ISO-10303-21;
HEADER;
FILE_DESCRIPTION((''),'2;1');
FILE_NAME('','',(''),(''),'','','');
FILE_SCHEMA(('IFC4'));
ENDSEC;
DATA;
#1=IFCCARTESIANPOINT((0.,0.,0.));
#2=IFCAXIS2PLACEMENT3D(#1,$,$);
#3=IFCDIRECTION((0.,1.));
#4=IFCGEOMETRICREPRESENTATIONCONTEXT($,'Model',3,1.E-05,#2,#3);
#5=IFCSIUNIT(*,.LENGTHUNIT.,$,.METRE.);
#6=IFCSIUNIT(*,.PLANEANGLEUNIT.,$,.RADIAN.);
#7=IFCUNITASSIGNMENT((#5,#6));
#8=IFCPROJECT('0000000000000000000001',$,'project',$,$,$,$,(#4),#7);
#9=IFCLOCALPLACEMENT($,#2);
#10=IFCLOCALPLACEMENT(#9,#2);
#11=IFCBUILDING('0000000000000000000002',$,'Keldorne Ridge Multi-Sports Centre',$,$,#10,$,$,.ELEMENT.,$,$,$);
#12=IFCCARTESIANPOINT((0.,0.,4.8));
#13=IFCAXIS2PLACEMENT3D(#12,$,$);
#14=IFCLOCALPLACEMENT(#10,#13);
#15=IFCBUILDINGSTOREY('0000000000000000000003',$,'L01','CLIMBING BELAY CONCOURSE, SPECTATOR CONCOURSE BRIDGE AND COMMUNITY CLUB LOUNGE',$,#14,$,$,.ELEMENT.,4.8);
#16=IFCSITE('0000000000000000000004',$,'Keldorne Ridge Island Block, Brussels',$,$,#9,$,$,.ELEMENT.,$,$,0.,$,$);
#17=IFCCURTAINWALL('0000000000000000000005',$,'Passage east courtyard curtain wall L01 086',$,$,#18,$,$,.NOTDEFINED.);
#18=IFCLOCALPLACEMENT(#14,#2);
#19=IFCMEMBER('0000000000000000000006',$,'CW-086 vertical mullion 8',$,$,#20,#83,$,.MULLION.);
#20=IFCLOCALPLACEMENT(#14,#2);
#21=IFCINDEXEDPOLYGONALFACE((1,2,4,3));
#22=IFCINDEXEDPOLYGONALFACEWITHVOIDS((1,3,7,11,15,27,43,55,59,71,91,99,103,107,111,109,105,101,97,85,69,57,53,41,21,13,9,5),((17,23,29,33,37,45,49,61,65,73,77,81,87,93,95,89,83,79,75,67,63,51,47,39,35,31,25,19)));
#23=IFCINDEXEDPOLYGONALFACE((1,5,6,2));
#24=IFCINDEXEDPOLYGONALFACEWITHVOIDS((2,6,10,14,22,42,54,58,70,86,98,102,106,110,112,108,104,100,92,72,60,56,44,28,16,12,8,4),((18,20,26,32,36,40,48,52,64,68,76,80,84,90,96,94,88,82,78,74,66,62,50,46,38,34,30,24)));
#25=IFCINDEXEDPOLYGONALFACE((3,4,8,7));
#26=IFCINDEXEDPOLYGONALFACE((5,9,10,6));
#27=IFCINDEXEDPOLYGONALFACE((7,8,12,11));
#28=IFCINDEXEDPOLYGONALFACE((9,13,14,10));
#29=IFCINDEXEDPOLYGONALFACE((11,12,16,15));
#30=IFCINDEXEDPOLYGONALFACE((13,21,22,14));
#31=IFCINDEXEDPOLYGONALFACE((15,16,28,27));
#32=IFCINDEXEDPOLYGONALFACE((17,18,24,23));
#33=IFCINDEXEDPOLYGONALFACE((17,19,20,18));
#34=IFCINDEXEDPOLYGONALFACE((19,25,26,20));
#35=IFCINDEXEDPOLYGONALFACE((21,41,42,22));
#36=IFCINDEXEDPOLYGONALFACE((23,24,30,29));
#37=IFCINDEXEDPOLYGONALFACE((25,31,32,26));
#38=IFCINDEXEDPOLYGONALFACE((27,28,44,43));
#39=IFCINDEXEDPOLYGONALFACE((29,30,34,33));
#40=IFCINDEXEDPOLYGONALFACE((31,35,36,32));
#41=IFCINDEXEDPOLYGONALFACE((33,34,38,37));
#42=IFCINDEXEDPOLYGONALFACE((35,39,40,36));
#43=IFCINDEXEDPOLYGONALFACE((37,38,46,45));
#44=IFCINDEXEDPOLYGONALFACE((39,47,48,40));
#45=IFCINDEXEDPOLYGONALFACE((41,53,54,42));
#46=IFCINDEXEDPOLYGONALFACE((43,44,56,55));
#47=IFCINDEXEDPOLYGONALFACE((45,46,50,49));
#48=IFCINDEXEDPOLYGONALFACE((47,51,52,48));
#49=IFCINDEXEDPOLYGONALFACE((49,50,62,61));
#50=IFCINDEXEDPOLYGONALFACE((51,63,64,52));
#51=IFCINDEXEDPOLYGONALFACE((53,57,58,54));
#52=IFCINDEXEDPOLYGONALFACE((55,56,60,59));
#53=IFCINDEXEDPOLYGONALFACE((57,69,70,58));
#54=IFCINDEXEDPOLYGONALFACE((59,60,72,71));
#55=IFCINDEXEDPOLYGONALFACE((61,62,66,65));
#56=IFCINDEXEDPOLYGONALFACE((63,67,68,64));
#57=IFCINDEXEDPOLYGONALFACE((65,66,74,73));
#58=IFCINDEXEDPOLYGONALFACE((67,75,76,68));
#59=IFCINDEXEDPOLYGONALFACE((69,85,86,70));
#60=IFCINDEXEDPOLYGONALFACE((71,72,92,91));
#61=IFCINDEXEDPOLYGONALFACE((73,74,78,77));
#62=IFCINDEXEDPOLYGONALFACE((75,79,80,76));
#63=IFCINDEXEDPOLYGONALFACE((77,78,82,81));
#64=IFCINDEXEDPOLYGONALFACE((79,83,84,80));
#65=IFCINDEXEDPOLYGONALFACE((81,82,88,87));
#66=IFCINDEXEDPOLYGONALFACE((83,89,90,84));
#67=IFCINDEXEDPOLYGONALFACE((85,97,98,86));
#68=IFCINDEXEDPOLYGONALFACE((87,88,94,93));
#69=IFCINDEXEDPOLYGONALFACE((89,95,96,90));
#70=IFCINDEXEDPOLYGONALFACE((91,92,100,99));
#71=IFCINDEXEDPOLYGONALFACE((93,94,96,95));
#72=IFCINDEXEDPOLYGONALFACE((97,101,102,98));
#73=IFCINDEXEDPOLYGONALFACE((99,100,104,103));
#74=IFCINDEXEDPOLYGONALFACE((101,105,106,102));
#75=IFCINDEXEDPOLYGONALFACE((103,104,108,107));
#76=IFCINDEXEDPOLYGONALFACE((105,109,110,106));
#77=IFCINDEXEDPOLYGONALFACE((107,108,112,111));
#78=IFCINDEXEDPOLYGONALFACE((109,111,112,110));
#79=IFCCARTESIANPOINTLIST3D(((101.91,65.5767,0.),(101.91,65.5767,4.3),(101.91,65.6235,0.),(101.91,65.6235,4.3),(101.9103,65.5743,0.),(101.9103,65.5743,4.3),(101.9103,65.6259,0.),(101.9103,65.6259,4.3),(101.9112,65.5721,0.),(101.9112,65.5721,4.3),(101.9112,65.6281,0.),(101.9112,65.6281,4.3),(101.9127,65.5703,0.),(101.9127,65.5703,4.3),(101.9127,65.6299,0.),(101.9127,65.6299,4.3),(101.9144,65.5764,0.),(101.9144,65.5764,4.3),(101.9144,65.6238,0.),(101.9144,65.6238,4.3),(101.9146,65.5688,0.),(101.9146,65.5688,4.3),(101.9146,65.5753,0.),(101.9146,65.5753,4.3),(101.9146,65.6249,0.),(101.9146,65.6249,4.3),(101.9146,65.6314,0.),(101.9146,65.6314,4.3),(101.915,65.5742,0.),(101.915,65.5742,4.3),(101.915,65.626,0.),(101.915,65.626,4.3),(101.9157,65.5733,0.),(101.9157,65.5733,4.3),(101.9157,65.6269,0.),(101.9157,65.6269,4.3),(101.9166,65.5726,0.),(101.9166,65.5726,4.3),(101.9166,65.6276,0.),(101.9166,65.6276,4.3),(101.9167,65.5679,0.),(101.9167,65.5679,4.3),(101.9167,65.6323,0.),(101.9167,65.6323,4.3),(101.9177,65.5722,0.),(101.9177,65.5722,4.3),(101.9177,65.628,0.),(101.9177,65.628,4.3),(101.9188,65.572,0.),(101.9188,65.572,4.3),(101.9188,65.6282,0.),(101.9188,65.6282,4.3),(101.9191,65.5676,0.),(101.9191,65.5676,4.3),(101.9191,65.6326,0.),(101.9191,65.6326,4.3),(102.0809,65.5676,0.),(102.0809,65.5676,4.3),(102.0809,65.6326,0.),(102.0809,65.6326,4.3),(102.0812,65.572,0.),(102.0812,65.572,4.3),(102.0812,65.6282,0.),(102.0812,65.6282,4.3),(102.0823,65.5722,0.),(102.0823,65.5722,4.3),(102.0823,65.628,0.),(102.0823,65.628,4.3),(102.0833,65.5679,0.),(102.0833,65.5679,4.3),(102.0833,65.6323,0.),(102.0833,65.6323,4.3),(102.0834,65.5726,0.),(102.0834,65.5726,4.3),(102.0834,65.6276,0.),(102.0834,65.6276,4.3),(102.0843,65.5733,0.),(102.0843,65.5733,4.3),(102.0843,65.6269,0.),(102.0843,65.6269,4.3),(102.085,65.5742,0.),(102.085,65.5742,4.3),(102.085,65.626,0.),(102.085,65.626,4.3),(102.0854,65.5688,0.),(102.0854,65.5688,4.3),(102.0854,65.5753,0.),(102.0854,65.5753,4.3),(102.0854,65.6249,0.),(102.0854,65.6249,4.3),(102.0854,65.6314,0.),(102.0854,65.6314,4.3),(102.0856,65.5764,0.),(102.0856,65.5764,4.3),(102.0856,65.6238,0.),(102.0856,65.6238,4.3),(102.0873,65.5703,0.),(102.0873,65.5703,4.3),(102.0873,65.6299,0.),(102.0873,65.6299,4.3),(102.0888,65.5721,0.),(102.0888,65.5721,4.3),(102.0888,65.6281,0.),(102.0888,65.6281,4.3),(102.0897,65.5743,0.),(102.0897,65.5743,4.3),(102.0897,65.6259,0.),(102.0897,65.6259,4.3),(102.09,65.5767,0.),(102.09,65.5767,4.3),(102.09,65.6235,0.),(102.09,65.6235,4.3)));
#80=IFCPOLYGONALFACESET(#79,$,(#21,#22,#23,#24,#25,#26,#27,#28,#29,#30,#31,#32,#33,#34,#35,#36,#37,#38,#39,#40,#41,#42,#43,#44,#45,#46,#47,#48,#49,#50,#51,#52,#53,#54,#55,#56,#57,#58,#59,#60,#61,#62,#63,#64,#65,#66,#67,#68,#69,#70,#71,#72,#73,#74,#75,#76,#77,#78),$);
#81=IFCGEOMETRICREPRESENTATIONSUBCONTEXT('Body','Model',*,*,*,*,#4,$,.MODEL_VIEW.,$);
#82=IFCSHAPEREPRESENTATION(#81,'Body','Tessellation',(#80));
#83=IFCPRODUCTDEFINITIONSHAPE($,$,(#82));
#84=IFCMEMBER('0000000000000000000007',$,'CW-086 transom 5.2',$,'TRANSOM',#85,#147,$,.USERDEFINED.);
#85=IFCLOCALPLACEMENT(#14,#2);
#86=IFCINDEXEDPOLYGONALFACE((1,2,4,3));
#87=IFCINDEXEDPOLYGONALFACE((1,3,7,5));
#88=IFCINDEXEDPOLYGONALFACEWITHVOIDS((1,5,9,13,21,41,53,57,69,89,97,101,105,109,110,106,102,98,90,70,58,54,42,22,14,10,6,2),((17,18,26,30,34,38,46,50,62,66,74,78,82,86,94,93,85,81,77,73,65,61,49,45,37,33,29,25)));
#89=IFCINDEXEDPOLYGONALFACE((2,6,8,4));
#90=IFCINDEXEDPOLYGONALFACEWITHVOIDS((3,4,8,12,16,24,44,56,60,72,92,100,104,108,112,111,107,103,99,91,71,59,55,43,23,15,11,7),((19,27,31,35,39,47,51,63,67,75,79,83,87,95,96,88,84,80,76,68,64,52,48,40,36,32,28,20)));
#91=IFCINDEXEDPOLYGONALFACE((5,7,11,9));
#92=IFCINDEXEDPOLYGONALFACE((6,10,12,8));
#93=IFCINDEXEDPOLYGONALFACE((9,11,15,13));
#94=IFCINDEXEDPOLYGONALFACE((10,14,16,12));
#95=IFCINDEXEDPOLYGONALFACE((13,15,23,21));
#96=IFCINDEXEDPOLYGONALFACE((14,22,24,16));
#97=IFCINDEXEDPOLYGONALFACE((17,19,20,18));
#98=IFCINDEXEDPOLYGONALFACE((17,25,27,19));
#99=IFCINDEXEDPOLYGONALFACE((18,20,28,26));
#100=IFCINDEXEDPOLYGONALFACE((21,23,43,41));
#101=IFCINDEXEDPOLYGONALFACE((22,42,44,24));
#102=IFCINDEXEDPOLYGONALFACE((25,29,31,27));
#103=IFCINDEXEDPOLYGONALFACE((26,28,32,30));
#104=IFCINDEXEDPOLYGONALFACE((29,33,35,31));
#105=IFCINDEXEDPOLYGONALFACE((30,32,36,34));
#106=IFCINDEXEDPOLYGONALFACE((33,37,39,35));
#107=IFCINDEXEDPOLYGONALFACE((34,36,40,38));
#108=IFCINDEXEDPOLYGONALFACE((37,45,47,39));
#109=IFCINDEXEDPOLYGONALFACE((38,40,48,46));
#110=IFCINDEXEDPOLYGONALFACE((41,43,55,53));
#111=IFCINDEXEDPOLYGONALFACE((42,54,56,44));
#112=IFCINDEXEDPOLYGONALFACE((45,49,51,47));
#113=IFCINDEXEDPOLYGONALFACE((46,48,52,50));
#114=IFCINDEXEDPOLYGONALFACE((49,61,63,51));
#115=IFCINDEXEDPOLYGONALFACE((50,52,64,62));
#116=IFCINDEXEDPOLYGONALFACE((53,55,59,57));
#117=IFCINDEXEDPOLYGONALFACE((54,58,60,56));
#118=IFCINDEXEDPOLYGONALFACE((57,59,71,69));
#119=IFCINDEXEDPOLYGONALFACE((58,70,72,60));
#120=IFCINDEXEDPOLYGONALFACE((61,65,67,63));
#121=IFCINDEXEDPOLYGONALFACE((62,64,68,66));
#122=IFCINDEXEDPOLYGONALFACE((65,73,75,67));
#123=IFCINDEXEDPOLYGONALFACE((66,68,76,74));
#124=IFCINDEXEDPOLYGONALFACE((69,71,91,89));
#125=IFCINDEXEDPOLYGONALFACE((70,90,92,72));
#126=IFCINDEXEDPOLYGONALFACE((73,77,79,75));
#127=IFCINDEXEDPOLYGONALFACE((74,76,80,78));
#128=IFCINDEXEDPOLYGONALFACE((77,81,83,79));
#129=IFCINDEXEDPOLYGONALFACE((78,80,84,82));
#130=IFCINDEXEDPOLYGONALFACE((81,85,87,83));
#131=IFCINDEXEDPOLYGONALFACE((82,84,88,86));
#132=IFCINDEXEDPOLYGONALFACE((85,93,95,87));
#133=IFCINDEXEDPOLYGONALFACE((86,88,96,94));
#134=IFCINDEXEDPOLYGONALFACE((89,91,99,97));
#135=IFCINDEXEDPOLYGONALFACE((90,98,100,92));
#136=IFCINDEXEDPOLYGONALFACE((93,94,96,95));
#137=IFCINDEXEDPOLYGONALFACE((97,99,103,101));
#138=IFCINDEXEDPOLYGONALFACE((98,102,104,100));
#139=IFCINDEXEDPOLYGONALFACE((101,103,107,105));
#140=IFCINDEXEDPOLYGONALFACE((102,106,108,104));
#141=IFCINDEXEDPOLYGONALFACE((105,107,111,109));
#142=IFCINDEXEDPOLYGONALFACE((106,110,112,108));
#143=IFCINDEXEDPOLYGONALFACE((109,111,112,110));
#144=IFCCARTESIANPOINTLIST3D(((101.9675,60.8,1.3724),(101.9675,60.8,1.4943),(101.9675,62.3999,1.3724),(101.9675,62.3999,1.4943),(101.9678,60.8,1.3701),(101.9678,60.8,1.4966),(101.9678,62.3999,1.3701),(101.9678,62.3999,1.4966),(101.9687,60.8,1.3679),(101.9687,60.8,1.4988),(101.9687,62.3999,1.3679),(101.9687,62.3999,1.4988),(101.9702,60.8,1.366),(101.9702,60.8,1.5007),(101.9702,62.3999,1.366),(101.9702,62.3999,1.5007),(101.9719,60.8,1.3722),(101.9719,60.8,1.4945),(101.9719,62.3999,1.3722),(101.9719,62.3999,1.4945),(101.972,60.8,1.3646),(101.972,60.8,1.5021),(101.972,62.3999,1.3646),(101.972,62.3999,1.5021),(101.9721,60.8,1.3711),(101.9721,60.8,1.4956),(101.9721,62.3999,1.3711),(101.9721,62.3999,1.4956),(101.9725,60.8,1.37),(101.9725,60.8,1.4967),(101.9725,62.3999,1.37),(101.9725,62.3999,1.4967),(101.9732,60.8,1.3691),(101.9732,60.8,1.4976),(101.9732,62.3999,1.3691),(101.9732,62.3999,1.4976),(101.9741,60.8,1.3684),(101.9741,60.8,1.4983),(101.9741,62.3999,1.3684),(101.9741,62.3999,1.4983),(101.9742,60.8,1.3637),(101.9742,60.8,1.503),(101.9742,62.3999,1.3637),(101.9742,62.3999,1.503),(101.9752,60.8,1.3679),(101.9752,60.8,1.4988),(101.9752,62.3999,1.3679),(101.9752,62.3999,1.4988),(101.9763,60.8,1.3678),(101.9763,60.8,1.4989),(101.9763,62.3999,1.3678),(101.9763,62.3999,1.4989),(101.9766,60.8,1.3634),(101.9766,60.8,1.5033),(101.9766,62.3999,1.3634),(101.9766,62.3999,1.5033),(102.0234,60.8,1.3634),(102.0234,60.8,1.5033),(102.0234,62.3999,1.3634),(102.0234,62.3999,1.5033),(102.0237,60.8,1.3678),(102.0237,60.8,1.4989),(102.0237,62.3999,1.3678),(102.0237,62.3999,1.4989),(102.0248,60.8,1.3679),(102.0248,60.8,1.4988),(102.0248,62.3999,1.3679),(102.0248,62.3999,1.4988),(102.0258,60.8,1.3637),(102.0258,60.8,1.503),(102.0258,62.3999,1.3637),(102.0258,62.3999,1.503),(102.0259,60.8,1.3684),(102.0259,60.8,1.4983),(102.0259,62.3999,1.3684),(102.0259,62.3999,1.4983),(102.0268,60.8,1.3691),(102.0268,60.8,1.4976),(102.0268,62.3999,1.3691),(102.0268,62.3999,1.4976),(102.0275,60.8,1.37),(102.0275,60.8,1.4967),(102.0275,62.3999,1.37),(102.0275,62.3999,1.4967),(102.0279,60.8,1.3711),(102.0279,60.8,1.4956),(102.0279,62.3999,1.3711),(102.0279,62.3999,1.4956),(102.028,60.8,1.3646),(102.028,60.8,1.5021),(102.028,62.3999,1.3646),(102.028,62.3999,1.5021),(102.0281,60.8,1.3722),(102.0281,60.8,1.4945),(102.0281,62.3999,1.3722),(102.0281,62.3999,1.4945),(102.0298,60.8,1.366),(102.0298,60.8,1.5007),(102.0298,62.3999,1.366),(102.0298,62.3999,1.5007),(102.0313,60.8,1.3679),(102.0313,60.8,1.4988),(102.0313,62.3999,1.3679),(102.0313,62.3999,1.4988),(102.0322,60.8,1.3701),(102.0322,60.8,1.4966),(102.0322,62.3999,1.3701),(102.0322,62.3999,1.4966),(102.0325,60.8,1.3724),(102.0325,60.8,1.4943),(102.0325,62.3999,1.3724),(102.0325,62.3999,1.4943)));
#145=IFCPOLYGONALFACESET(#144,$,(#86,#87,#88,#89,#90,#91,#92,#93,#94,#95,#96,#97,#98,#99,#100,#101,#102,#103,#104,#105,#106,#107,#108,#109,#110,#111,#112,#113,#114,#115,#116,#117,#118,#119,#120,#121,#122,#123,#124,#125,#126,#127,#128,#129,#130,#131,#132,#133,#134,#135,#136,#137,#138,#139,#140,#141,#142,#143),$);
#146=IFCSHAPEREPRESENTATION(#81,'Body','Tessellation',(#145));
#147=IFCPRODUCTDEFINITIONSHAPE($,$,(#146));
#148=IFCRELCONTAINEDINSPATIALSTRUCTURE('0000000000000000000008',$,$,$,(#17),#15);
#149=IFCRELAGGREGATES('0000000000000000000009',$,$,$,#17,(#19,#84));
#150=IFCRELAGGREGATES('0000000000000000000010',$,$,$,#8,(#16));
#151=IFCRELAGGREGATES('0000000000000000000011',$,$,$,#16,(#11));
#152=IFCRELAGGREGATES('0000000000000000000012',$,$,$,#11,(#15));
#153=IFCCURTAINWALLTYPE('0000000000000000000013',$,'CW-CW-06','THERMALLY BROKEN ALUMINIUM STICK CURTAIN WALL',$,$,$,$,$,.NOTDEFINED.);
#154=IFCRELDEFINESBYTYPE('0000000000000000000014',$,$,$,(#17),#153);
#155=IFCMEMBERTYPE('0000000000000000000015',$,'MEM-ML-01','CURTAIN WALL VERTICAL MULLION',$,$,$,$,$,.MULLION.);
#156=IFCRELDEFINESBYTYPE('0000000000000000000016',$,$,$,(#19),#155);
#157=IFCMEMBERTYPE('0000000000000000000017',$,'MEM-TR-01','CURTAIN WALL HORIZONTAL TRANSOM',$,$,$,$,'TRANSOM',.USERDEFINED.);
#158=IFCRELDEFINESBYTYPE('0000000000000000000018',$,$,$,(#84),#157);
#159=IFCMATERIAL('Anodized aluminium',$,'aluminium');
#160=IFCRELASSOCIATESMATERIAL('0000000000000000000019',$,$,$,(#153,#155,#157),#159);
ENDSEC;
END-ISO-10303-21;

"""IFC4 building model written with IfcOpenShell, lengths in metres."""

from ifc_helpers import new_model, si_unit, direction, frame, origin, origin_2d, place, context, subcontext, project, spatial, hollow_rectangle, extrude, material, material_profile, profile_set, type_object, element, aggregate, save


model = new_model("IFC4")

# Units and contexts
model_context = context("Model", 3, precision=1e-05, world=origin(), true_north=direction((0.0, 1.0)))
body_context = subcontext(model_context, "Body", "Model", "MODEL_VIEW")
ifc_project = project(units=[si_unit("LENGTHUNIT", "METRE"), si_unit("PLANEANGLEUNIT", "RADIAN")], contexts=[model_context])

# Site, building, storey
site_placement = place(None, origin())
site = spatial("IfcSite", under=ifc_project, at=site_placement, Name="Keldorne Ridge Island Block, Brussels", CompositionType="ELEMENT", RefElevation=0.0)
building_placement = place(site_placement, origin())
building = spatial("IfcBuilding", under=site, at=building_placement, Name="Keldorne Ridge Multi-Sports Centre", CompositionType="ELEMENT")
storey_placement = place(building_placement, frame((0.0, 0.0, 4.8)))
storey = spatial("IfcBuildingStorey", under=building, at=storey_placement, Name="L01", Description="CLIMBING BELAY CONCOURSE, SPECTATOR CONCOURSE BRIDGE AND COMMUNITY CLUB LOUNGE", CompositionType="ELEMENT", Elevation=4.8)

# Curtain wall, members
ifc_material_1 = material(Name="Anodized aluminium", Category="aluminium")
curtain_wall_type = type_object("IfcCurtainWallType", Name="CW-CW-06", Description="THERMALLY BROKEN ALUMINIUM STICK CURTAIN WALL", PredefinedType="NOTDEFINED", material=ifc_material_1)
curtain_wall_placement = place(storey_placement, origin())
curtain_wall = element("IfcCurtainWall", 1, at=curtain_wall_placement, inside=storey, type_object=curtain_wall_type, Name="Passage east courtyard curtain wall L01 086", PredefinedType="NOTDEFINED")
ifc_material_profile_1 = material_profile(ifc_material_1, hollow_rectangle(XDim=0.0649, YDim=0.1799, WallThickness=0.0044, InnerFilletRadius=0.0044, OuterFilletRadius=0.009, at=origin_2d()), Name="ALU MULLION 180x65x4.5")
ifc_profile_set_1 = profile_set([ifc_material_profile_1], Name="Anodized aluminium")
member_type_1 = type_object("IfcMemberType", Name="MEM-ML-01", Description="CURTAIN WALL VERTICAL MULLION", PredefinedType="MULLION", material=ifc_profile_set_1)
member_1_placement = place(storey_placement, frame((102.0, 65.6001, 0.0), z_axis=(0.0, 0.0, 1.0), x_axis=(0.0, 1.0, 0.0)))
member_1 = element("IfcMember", 2, at=member_1_placement, type_object=member_type_1, Name="CW-086 vertical mullion 8", PredefinedType="MULLION", context=body_context, shape_type="SweptSolid", body=[
    extrude(hollow_rectangle(XDim=0.0649, YDim=0.1799, WallThickness=0.0044, InnerFilletRadius=0.0044, OuterFilletRadius=0.009, at=origin_2d()), origin(), (0.0, 0.0, 1.0), 4.3),
])
ifc_material_profile_2 = material_profile(ifc_material_1, hollow_rectangle(XDim=0.0649, YDim=0.1399, WallThickness=0.0044, InnerFilletRadius=0.0044, OuterFilletRadius=0.009, at=origin_2d()), Name="ALU TRANSOM 140x65x4.5")
ifc_profile_set_2 = profile_set([ifc_material_profile_2], Name="Anodized aluminium")
member_type_2 = type_object("IfcMemberType", Name="MEM-TR-01", Description="CURTAIN WALL HORIZONTAL TRANSOM", ElementType="TRANSOM", PredefinedType="USERDEFINED", material=ifc_profile_set_2)
member_2_placement = place(storey_placement, frame((102.0, 60.8, 1.4333), z_axis=(0.0, 1.0, 0.0), x_axis=(-1.0, 0.0, 0.0)))
member_2 = element("IfcMember", 3, at=member_2_placement, type_object=member_type_2, Name="CW-086 transom 5.2", ObjectType="TRANSOM", PredefinedType="USERDEFINED", context=body_context, shape_type="SweptSolid", body=[
    extrude(hollow_rectangle(XDim=0.0649, YDim=0.1399, WallThickness=0.0044, InnerFilletRadius=0.0044, OuterFilletRadius=0.009, at=origin_2d()), origin(), (0.0, 0.0, 1.0), 1.5999),
])
aggregate(curtain_wall, [member_1, member_2])

save(model, "model.ifc")
